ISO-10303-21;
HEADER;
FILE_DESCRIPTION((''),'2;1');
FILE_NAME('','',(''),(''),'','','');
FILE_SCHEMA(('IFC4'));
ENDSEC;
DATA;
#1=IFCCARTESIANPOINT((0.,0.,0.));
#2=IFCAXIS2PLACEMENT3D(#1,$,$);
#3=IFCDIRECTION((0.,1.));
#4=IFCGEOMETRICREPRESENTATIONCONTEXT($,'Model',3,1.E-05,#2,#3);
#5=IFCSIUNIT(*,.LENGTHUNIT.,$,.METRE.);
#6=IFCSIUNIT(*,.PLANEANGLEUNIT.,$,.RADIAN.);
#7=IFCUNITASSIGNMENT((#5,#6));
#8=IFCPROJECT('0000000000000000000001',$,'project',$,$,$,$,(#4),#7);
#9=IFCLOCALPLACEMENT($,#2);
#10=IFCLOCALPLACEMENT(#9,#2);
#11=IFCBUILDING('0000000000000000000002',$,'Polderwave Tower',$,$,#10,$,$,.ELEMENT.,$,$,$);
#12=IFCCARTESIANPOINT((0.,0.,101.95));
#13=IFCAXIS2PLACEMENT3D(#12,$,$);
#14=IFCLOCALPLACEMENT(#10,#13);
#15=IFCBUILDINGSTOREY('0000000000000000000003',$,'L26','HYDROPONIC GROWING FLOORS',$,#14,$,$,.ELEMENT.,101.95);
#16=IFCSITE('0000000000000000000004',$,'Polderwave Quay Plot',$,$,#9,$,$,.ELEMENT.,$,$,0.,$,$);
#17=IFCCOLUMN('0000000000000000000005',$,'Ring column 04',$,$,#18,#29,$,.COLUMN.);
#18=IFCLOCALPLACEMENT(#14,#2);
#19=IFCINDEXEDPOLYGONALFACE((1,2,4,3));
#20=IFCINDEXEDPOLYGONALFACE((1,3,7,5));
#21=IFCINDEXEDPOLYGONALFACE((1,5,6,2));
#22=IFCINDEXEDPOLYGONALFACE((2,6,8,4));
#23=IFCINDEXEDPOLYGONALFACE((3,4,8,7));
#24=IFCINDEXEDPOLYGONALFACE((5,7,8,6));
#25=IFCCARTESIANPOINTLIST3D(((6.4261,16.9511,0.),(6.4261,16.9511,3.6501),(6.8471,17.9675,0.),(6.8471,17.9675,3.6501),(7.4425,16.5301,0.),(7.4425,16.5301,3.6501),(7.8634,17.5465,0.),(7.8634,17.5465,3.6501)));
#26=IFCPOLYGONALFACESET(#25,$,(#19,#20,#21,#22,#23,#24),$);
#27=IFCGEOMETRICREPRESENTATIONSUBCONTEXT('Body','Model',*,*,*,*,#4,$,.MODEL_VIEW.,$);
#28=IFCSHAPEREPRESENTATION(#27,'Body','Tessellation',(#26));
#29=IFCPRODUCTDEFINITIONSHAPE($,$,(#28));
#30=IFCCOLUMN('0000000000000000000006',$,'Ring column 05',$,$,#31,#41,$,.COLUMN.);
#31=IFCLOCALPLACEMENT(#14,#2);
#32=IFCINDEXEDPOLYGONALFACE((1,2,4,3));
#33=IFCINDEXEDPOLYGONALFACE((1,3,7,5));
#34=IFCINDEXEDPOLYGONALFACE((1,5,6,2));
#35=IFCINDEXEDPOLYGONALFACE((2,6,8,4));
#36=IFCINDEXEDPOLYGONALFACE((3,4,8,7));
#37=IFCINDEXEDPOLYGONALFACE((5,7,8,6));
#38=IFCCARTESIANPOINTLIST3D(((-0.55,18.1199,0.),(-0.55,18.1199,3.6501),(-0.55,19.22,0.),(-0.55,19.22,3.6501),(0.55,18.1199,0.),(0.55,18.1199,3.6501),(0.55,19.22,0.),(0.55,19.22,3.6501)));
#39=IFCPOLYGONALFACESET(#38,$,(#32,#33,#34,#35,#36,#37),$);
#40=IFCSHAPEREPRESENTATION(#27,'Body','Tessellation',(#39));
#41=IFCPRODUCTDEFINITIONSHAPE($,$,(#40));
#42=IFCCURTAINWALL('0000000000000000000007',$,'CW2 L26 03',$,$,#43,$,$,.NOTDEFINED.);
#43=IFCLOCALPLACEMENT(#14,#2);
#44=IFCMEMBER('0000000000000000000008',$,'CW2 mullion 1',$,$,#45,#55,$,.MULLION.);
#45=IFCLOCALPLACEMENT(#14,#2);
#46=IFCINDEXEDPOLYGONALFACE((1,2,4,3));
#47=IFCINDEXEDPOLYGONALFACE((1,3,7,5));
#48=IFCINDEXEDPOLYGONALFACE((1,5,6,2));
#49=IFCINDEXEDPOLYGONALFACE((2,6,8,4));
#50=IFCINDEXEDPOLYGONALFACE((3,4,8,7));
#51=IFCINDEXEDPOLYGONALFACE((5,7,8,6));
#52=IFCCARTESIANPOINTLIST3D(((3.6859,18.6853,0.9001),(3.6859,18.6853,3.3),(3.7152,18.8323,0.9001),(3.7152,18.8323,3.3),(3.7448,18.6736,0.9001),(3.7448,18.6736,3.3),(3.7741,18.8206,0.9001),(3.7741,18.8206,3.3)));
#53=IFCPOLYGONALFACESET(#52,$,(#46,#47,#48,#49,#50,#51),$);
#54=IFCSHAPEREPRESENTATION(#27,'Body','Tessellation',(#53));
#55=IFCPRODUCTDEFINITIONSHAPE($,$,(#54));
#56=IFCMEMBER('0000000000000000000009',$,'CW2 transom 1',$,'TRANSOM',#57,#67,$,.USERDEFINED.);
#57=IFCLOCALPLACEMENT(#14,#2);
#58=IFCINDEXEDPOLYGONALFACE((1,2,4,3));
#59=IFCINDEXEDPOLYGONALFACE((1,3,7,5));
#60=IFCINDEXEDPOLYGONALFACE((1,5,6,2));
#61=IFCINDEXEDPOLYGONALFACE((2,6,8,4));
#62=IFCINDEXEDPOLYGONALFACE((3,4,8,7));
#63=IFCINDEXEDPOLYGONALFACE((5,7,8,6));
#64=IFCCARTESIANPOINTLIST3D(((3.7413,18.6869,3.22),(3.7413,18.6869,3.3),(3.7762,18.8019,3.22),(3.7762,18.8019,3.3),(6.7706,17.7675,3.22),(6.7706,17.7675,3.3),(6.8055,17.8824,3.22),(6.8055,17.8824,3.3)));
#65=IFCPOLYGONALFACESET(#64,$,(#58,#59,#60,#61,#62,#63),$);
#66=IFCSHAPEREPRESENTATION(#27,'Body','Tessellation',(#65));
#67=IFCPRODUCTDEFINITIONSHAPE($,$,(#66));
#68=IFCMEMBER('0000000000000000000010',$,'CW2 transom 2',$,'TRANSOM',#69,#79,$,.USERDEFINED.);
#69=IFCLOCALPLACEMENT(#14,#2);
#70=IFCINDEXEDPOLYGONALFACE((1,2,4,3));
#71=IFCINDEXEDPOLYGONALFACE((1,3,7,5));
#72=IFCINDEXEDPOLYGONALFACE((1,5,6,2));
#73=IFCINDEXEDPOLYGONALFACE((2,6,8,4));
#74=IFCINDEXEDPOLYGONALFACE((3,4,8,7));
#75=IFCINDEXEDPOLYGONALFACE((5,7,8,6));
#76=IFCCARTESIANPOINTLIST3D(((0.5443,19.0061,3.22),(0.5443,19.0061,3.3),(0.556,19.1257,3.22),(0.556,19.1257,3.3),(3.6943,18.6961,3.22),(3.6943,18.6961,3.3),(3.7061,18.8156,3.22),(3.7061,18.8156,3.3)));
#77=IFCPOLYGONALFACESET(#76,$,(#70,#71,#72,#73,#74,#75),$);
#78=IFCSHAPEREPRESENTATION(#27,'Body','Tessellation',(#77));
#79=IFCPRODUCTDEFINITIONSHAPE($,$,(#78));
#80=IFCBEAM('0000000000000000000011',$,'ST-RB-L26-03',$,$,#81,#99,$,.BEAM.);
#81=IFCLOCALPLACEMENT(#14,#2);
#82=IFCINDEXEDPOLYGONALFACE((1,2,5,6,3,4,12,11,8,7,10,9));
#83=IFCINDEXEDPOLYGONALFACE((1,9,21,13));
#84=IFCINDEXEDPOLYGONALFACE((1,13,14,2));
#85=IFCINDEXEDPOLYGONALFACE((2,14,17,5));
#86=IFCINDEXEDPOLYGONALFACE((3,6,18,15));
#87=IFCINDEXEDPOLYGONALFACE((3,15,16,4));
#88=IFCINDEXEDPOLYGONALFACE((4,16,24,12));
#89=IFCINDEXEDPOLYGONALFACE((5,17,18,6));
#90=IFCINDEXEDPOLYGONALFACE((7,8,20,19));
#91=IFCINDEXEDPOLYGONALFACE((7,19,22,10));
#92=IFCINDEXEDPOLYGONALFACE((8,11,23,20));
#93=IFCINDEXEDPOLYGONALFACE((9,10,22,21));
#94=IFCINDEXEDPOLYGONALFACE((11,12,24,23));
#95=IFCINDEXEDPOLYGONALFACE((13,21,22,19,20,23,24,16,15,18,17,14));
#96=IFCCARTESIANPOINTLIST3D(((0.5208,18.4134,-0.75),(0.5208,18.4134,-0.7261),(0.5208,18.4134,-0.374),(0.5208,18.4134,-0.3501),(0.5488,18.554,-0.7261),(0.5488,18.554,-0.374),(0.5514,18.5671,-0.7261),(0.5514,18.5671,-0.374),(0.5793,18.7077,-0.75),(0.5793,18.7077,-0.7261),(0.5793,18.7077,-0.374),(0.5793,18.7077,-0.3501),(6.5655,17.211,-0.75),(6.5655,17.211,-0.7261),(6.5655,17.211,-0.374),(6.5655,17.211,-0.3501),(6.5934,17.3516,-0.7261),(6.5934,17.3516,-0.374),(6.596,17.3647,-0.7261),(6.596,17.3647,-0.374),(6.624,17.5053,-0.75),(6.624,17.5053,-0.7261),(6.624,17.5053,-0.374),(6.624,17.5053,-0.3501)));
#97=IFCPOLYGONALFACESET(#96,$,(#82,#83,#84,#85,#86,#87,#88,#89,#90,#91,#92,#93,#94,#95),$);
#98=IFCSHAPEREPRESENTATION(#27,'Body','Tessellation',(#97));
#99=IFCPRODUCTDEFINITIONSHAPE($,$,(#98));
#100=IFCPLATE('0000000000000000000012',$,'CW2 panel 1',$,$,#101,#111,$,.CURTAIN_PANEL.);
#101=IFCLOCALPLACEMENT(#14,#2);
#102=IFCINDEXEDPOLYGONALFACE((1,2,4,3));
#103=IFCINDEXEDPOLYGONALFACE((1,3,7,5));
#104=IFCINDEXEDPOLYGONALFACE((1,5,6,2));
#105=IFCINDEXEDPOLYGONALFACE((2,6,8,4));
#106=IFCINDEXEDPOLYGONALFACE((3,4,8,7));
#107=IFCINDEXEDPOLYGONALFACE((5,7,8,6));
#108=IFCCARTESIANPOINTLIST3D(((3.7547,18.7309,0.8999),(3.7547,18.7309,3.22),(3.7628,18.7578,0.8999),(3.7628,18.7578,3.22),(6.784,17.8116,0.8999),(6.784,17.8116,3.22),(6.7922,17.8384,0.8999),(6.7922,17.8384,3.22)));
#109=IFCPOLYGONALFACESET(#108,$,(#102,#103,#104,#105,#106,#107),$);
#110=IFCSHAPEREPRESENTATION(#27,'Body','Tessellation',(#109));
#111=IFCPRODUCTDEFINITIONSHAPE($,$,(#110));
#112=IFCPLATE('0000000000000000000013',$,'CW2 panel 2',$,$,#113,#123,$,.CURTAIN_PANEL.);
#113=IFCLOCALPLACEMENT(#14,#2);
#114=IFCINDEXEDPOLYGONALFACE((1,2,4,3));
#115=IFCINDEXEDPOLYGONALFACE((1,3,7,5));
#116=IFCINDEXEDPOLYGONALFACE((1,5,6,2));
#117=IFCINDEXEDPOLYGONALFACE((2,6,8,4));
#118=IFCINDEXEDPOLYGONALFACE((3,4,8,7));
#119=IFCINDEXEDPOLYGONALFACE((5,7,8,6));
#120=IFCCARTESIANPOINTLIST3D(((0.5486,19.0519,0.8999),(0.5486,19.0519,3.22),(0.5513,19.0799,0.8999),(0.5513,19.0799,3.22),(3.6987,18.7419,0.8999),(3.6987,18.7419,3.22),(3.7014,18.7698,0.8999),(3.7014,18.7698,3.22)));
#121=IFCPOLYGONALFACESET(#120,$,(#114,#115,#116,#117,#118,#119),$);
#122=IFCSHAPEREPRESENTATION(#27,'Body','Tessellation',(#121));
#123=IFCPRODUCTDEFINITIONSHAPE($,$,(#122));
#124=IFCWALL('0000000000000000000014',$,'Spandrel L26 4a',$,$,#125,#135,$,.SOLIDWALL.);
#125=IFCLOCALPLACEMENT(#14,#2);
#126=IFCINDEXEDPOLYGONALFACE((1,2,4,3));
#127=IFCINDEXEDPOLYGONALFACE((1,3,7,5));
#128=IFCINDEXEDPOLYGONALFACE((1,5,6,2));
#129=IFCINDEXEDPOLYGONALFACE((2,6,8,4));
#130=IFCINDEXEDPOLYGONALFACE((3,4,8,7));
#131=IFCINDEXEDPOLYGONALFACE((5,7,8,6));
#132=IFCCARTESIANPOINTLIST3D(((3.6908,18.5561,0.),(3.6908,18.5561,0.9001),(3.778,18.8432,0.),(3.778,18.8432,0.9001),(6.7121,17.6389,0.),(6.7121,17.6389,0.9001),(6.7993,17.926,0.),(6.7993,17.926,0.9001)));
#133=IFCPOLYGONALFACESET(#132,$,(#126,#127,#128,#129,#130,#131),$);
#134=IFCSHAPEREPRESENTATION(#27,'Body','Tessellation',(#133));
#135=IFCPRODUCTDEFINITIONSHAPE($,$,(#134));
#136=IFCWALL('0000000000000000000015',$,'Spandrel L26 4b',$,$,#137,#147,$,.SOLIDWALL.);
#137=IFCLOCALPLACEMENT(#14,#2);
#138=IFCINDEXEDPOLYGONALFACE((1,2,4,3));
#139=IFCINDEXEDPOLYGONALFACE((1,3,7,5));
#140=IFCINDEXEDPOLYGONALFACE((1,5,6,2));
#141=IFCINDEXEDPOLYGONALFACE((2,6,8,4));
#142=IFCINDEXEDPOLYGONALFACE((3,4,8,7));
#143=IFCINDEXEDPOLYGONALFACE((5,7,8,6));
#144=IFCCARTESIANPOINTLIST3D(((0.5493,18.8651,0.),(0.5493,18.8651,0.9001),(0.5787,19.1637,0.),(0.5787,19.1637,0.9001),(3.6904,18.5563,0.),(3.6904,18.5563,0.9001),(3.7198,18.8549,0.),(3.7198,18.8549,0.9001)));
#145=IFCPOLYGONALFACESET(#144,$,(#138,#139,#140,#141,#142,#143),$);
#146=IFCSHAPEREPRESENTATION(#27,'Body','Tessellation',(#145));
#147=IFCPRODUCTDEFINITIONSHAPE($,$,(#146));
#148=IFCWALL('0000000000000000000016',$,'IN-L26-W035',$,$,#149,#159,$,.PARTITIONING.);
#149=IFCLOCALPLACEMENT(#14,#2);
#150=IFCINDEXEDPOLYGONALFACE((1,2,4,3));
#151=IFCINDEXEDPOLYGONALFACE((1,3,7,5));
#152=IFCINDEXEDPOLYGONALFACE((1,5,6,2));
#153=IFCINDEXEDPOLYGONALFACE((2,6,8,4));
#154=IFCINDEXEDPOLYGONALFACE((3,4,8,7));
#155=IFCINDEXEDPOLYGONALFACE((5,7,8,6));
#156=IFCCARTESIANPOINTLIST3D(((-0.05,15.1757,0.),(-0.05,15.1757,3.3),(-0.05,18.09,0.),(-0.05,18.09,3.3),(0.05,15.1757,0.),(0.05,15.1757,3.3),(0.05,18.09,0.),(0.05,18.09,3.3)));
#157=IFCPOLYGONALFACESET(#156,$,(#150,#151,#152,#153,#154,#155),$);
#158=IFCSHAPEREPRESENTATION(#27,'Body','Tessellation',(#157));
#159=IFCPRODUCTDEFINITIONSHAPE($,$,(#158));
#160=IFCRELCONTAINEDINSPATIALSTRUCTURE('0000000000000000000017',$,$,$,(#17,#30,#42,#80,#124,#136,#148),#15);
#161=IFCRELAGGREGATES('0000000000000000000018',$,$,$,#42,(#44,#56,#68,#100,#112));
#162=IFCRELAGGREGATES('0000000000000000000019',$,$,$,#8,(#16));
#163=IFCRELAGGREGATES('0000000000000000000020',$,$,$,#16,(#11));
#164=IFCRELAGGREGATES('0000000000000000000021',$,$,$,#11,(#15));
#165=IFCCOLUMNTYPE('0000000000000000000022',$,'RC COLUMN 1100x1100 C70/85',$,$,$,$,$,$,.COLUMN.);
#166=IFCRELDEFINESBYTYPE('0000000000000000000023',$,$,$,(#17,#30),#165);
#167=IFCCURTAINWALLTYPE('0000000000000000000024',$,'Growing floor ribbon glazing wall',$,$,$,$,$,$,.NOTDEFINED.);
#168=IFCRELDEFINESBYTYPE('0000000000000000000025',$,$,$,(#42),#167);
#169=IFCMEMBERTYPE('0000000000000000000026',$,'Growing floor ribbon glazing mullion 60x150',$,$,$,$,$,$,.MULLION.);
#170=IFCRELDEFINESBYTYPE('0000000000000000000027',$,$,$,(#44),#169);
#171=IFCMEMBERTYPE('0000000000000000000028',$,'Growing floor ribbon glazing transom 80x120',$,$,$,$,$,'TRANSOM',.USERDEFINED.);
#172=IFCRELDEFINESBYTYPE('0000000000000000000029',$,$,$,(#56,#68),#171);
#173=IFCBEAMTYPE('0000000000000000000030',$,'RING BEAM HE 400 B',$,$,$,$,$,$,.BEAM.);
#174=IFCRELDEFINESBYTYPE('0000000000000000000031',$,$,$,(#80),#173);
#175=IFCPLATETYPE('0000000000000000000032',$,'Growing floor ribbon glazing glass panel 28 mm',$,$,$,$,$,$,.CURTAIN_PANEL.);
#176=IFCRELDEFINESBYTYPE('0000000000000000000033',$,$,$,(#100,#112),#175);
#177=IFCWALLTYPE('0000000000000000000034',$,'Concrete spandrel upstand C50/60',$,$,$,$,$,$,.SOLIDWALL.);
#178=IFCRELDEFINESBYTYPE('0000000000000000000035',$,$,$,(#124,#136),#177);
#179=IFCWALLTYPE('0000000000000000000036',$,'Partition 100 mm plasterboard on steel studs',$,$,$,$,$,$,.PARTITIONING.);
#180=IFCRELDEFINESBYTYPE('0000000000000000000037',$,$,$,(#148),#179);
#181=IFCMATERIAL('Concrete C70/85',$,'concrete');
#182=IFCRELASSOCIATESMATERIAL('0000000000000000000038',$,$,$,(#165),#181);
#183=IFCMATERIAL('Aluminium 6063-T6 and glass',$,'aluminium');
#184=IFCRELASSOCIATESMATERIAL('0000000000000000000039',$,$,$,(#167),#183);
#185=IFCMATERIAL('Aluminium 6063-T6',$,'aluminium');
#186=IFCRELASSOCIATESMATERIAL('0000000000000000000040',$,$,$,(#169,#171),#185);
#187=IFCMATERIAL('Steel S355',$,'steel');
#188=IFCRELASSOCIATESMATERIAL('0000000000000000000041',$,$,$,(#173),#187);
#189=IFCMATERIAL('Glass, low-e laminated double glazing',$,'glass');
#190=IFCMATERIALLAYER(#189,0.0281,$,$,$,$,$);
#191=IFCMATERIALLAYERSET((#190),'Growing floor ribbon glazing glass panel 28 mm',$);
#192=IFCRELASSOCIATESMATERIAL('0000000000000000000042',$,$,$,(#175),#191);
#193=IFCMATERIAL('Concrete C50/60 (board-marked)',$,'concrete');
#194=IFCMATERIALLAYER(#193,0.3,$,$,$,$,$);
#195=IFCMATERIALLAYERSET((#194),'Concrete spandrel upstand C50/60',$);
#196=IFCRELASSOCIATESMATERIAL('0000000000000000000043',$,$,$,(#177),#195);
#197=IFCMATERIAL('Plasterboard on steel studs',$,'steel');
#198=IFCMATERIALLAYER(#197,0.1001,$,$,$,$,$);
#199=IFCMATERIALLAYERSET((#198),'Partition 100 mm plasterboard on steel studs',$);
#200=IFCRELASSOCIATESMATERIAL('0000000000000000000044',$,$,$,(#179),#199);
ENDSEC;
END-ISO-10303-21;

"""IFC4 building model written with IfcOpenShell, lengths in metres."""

from ifc_helpers import new_model, si_unit, direction, frame, frame_2d, origin, origin_2d, place, context, subcontext, project, spatial, rectangle, i_section, extrude, material, layer, layer_set, material_profile, profile_set, type_object, element, aggregate, save


model = new_model("IFC4")

# Units and contexts
model_context = context("Model", 3, precision=1e-05, world=origin(), true_north=direction((0.0, 1.0)))
body_context = subcontext(model_context, "Body", "Model", "MODEL_VIEW")
ifc_project = project(units=[si_unit("LENGTHUNIT", "METRE"), si_unit("PLANEANGLEUNIT", "RADIAN")], contexts=[model_context])

# Site, building, storey
site_placement = place(None, origin())
site = spatial("IfcSite", under=ifc_project, at=site_placement, Name="Polderwave Quay Plot", CompositionType="ELEMENT", RefElevation=0.0)
building_placement = place(site_placement, origin())
building = spatial("IfcBuilding", under=site, at=building_placement, Name="Polderwave Tower", CompositionType="ELEMENT")
storey_placement = place(building_placement, frame((0.0, 0.0, 101.95)))
storey = spatial("IfcBuildingStorey", under=building, at=storey_placement, Name="L26", Description="HYDROPONIC GROWING FLOORS", CompositionType="ELEMENT", Elevation=101.95)

# Columns
ifc_material_1 = material(Name="Concrete C70/85", Category="concrete")
ifc_material_profile_1 = material_profile(ifc_material_1, rectangle(XDim=1.1001, YDim=1.1001, at=origin_2d()), Name="RC 1100x1100")
ifc_profile_set_1 = profile_set([ifc_material_profile_1], Name="Concrete C70/85")
column_type = type_object("IfcColumnType", Name="RC COLUMN 1100x1100 C70/85", PredefinedType="COLUMN", material=ifc_profile_set_1)
for number, where, z_axis, x_axis, name in (
    (1, (7.1448, 17.2488, 0.0), (0.0, 0.0, 1.0), (0.382683, 0.92388, 0.0), "Ring column 04"),
    (2, (0.0, 18.6699, 0.0), (0.0, 0.0, 1.0), (0.0, 1.0, 0.0), "Ring column 05"),
):
    element("IfcColumn", number, at=place(storey_placement, frame(where, z_axis=z_axis, x_axis=x_axis)), inside=storey, type_object=column_type, Name=name, PredefinedType="COLUMN", context=body_context, shape_type="SweptSolid", body=[
        extrude(rectangle(XDim=1.1001, YDim=1.1001, at=origin_2d()), origin(), (0.0, 0.0, 1.0), 3.6501),
    ])

# Curtain wall, members
ifc_material_2 = material(Name="Aluminium 6063-T6 and glass", Category="aluminium")
curtain_wall_type = type_object("IfcCurtainWallType", Name="Growing floor ribbon glazing wall", PredefinedType="NOTDEFINED", material=ifc_material_2)
curtain_wall_placement = place(storey_placement, origin())
curtain_wall = element("IfcCurtainWall", 3, at=curtain_wall_placement, inside=storey, type_object=curtain_wall_type, Name="CW2 L26 03", PredefinedType="NOTDEFINED")
ifc_material_3 = material(Name="Aluminium 6063-T6", Category="aluminium")
ifc_material_profile_2 = material_profile(ifc_material_3, rectangle(XDim=0.1499, YDim=0.0601, at=origin_2d()), Name="AL 60x150")
ifc_profile_set_2 = profile_set([ifc_material_profile_2], Name="Aluminium 6063-T6")
member_type_1 = type_object("IfcMemberType", Name="Growing floor ribbon glazing mullion 60x150", PredefinedType="MULLION", material=ifc_profile_set_2)
member_1_placement = place(storey_placement, frame((3.73, 18.7529, 0.9001), z_axis=(0.0, 0.0, 1.0), x_axis=(-0.195113, -0.980781, 0.0)))
member_1 = element("IfcMember", 4, at=member_1_placement, type_object=member_type_1, Name="CW2 mullion 1", PredefinedType="MULLION", context=body_context, shape_type="SweptSolid", body=[
    extrude(rectangle(XDim=0.1499, YDim=0.0601, at=origin_2d()), origin(), (0.0, 0.0, 1.0), 2.3999),
])
ifc_material_profile_3 = material_profile(ifc_material_3, rectangle(XDim=0.1201, YDim=0.0801, at=origin_2d()), Name="AL 80x120")
ifc_profile_set_3 = profile_set([ifc_material_profile_3], Name="Aluminium 6063-T6")
member_type_2 = type_object("IfcMemberType", Name="Growing floor ribbon glazing transom 80x120", ElementType="TRANSOM", PredefinedType="USERDEFINED", material=ifc_profile_set_3)
member_2_placement = place(storey_placement, frame((6.7881, 17.825, 3.26), z_axis=(-0.956896, 0.290431, 0.0), x_axis=(-0.290431, -0.956896, 0.0)))
member_2 = element("IfcMember", 5, at=member_2_placement, type_object=member_type_2, Name="CW2 transom 1", ObjectType="TRANSOM", PredefinedType="USERDEFINED", context=body_context, shape_type="SweptSolid", body=[
    extrude(rectangle(XDim=0.1201, YDim=0.0801, at=origin_2d()), origin(), (0.0, 0.0, 1.0), 3.1658),
])
member_3_placement = place(storey_placement, frame((3.7002, 18.7559, 3.26), z_axis=(-0.995191, 0.097953, 0.0), x_axis=(-0.097953, -0.995191, 0.0)))
member_3 = element("IfcMember", 6, at=member_3_placement, type_object=member_type_2, Name="CW2 transom 2", ObjectType="TRANSOM", PredefinedType="USERDEFINED", context=body_context, shape_type="SweptSolid", body=[
    extrude(rectangle(XDim=0.1201, YDim=0.0801, at=origin_2d()), origin(), (0.0, 0.0, 1.0), 3.1653),
])

# Beam
ifc_material_4 = material(Name="Steel S355", Category="steel")
ifc_material_profile_4 = material_profile(ifc_material_4, i_section(OverallWidth=0.3, OverallDepth=0.3999, WebThickness=0.0134, FlangeThickness=0.0239, at=origin_2d()), Name="HE 400 B")
ifc_profile_set_4 = profile_set([ifc_material_profile_4], Name="Steel S355")
beam_type = type_object("IfcBeamType", Name="RING BEAM HE 400 B", PredefinedType="BEAM", material=ifc_profile_set_4)
beam_placement = place(storey_placement, frame((6.5947, 17.3582, -0.55), z_axis=(-0.980784, 0.195095, 0.0), x_axis=(-0.195095, -0.980784, 0.0)))
element("IfcBeam", 7, at=beam_placement, inside=storey, type_object=beam_type, Name="ST-RB-L26-03", PredefinedType="BEAM", context=body_context, shape_type="SweptSolid", body=[
    extrude(i_section(OverallWidth=0.3, OverallDepth=0.3999, WebThickness=0.0134, FlangeThickness=0.0239, at=origin_2d()), origin(), (0.0, 0.0, 1.0), 6.1631),
])

# Plates
ifc_material_5 = material(Name="Glass, low-e laminated double glazing", Category="glass")
ifc_layer_1 = layer(ifc_material_5, 0.0281)
ifc_layer_set_1 = layer_set([ifc_layer_1], Name="Growing floor ribbon glazing glass panel 28 mm")
plate_type = type_object("IfcPlateType", Name="Growing floor ribbon glazing glass panel 28 mm", PredefinedType="CURTAIN_PANEL", material=ifc_layer_set_1)
plate_1_placement = place(storey_placement, frame((5.2734, 18.2847, 0.8999), z_axis=(0.0, 0.0, 1.0), x_axis=(-0.956908, 0.29039, 0.0)))
plate_1 = element("IfcPlate", 8, at=plate_1_placement, type_object=plate_type, Name="CW2 panel 1", PredefinedType="CURTAIN_PANEL", context=body_context, shape_type="SweptSolid", body=[
    extrude(rectangle(XDim=3.1658, YDim=0.0281, at=origin_2d()), origin(), (0.0, 0.0, 1.0), 2.3201),
])
plate_2_placement = place(storey_placement, frame((2.125, 18.9109, 0.8999), z_axis=(0.0, 0.0, 1.0), x_axis=(-0.995191, 0.097955, 0.0)))
plate_2 = element("IfcPlate", 9, at=plate_2_placement, type_object=plate_type, Name="CW2 panel 2", PredefinedType="CURTAIN_PANEL", context=body_context, shape_type="SweptSolid", body=[
    extrude(rectangle(XDim=3.1653, YDim=0.0281, at=origin_2d()), origin(), (0.0, 0.0, 1.0), 2.3201),
])
aggregate(curtain_wall, [member_1, member_2, member_3, plate_1, plate_2])

# Walls
ifc_material_6 = material(Name="Concrete C50/60 (board-marked)", Category="concrete")
ifc_layer_2 = layer(ifc_material_6, 0.3)
ifc_layer_set_2 = layer_set([ifc_layer_2], Name="Concrete spandrel upstand C50/60")
wall_type_1 = type_object("IfcWallType", Name="Concrete spandrel upstand C50/60", PredefinedType="SOLIDWALL", material=ifc_layer_set_2)
wall_1_placement = place(storey_placement, frame((6.7556, 17.7825, 0.0), z_axis=(0.0, 0.0, 1.0), x_axis=(-0.956874, 0.290503, 0.0)))
element("IfcWall", 10, at=wall_1_placement, inside=storey, type_object=wall_type_1, Name="Spandrel L26 4a", PredefinedType="SOLIDWALL", context=body_context, shape_type="SweptSolid", body=[
    extrude(rectangle(XDim=3.1575, YDim=0.3, at=frame_2d((1.5786, 0.0))), origin(), (0.0, 0.0, 1.0), 0.9001),
])
wall_2_placement = place(storey_placement, frame((3.7051, 18.7056, 0.0), z_axis=(0.0, 0.0, 1.0), x_axis=(-0.995201, 0.097849, 0.0)))
element("IfcWall", 11, at=wall_2_placement, inside=storey, type_object=wall_type_1, Name="Spandrel L26 4b", PredefinedType="SOLIDWALL", context=body_context, shape_type="SweptSolid", body=[
    extrude(rectangle(XDim=3.1562, YDim=0.3, at=frame_2d((1.5781, 0.0))), origin(), (0.0, 0.0, 1.0), 0.9001),
])
ifc_material_7 = material(Name="Plasterboard on steel studs", Category="steel")
ifc_layer_3 = layer(ifc_material_7, 0.1001)
ifc_layer_set_3 = layer_set([ifc_layer_3], Name="Partition 100 mm plasterboard on steel studs")
wall_type_2 = type_object("IfcWallType", Name="Partition 100 mm plasterboard on steel studs", PredefinedType="PARTITIONING", material=ifc_layer_set_3)
wall_3_placement = place(storey_placement, frame((0.0, 15.1758, 0.0), z_axis=(0.0, 0.0, 1.0), x_axis=(0.0, 1.0, 0.0)))
element("IfcWall", 12, at=wall_3_placement, inside=storey, type_object=wall_type_2, Name="IN-L26-W035", PredefinedType="PARTITIONING", context=body_context, shape_type="SweptSolid", body=[
    extrude(rectangle(XDim=2.9143, YDim=0.1001, at=frame_2d((1.457, 0.0))), origin(), (0.0, 0.0, 1.0), 3.3),
])

save(model, "model.ifc")
